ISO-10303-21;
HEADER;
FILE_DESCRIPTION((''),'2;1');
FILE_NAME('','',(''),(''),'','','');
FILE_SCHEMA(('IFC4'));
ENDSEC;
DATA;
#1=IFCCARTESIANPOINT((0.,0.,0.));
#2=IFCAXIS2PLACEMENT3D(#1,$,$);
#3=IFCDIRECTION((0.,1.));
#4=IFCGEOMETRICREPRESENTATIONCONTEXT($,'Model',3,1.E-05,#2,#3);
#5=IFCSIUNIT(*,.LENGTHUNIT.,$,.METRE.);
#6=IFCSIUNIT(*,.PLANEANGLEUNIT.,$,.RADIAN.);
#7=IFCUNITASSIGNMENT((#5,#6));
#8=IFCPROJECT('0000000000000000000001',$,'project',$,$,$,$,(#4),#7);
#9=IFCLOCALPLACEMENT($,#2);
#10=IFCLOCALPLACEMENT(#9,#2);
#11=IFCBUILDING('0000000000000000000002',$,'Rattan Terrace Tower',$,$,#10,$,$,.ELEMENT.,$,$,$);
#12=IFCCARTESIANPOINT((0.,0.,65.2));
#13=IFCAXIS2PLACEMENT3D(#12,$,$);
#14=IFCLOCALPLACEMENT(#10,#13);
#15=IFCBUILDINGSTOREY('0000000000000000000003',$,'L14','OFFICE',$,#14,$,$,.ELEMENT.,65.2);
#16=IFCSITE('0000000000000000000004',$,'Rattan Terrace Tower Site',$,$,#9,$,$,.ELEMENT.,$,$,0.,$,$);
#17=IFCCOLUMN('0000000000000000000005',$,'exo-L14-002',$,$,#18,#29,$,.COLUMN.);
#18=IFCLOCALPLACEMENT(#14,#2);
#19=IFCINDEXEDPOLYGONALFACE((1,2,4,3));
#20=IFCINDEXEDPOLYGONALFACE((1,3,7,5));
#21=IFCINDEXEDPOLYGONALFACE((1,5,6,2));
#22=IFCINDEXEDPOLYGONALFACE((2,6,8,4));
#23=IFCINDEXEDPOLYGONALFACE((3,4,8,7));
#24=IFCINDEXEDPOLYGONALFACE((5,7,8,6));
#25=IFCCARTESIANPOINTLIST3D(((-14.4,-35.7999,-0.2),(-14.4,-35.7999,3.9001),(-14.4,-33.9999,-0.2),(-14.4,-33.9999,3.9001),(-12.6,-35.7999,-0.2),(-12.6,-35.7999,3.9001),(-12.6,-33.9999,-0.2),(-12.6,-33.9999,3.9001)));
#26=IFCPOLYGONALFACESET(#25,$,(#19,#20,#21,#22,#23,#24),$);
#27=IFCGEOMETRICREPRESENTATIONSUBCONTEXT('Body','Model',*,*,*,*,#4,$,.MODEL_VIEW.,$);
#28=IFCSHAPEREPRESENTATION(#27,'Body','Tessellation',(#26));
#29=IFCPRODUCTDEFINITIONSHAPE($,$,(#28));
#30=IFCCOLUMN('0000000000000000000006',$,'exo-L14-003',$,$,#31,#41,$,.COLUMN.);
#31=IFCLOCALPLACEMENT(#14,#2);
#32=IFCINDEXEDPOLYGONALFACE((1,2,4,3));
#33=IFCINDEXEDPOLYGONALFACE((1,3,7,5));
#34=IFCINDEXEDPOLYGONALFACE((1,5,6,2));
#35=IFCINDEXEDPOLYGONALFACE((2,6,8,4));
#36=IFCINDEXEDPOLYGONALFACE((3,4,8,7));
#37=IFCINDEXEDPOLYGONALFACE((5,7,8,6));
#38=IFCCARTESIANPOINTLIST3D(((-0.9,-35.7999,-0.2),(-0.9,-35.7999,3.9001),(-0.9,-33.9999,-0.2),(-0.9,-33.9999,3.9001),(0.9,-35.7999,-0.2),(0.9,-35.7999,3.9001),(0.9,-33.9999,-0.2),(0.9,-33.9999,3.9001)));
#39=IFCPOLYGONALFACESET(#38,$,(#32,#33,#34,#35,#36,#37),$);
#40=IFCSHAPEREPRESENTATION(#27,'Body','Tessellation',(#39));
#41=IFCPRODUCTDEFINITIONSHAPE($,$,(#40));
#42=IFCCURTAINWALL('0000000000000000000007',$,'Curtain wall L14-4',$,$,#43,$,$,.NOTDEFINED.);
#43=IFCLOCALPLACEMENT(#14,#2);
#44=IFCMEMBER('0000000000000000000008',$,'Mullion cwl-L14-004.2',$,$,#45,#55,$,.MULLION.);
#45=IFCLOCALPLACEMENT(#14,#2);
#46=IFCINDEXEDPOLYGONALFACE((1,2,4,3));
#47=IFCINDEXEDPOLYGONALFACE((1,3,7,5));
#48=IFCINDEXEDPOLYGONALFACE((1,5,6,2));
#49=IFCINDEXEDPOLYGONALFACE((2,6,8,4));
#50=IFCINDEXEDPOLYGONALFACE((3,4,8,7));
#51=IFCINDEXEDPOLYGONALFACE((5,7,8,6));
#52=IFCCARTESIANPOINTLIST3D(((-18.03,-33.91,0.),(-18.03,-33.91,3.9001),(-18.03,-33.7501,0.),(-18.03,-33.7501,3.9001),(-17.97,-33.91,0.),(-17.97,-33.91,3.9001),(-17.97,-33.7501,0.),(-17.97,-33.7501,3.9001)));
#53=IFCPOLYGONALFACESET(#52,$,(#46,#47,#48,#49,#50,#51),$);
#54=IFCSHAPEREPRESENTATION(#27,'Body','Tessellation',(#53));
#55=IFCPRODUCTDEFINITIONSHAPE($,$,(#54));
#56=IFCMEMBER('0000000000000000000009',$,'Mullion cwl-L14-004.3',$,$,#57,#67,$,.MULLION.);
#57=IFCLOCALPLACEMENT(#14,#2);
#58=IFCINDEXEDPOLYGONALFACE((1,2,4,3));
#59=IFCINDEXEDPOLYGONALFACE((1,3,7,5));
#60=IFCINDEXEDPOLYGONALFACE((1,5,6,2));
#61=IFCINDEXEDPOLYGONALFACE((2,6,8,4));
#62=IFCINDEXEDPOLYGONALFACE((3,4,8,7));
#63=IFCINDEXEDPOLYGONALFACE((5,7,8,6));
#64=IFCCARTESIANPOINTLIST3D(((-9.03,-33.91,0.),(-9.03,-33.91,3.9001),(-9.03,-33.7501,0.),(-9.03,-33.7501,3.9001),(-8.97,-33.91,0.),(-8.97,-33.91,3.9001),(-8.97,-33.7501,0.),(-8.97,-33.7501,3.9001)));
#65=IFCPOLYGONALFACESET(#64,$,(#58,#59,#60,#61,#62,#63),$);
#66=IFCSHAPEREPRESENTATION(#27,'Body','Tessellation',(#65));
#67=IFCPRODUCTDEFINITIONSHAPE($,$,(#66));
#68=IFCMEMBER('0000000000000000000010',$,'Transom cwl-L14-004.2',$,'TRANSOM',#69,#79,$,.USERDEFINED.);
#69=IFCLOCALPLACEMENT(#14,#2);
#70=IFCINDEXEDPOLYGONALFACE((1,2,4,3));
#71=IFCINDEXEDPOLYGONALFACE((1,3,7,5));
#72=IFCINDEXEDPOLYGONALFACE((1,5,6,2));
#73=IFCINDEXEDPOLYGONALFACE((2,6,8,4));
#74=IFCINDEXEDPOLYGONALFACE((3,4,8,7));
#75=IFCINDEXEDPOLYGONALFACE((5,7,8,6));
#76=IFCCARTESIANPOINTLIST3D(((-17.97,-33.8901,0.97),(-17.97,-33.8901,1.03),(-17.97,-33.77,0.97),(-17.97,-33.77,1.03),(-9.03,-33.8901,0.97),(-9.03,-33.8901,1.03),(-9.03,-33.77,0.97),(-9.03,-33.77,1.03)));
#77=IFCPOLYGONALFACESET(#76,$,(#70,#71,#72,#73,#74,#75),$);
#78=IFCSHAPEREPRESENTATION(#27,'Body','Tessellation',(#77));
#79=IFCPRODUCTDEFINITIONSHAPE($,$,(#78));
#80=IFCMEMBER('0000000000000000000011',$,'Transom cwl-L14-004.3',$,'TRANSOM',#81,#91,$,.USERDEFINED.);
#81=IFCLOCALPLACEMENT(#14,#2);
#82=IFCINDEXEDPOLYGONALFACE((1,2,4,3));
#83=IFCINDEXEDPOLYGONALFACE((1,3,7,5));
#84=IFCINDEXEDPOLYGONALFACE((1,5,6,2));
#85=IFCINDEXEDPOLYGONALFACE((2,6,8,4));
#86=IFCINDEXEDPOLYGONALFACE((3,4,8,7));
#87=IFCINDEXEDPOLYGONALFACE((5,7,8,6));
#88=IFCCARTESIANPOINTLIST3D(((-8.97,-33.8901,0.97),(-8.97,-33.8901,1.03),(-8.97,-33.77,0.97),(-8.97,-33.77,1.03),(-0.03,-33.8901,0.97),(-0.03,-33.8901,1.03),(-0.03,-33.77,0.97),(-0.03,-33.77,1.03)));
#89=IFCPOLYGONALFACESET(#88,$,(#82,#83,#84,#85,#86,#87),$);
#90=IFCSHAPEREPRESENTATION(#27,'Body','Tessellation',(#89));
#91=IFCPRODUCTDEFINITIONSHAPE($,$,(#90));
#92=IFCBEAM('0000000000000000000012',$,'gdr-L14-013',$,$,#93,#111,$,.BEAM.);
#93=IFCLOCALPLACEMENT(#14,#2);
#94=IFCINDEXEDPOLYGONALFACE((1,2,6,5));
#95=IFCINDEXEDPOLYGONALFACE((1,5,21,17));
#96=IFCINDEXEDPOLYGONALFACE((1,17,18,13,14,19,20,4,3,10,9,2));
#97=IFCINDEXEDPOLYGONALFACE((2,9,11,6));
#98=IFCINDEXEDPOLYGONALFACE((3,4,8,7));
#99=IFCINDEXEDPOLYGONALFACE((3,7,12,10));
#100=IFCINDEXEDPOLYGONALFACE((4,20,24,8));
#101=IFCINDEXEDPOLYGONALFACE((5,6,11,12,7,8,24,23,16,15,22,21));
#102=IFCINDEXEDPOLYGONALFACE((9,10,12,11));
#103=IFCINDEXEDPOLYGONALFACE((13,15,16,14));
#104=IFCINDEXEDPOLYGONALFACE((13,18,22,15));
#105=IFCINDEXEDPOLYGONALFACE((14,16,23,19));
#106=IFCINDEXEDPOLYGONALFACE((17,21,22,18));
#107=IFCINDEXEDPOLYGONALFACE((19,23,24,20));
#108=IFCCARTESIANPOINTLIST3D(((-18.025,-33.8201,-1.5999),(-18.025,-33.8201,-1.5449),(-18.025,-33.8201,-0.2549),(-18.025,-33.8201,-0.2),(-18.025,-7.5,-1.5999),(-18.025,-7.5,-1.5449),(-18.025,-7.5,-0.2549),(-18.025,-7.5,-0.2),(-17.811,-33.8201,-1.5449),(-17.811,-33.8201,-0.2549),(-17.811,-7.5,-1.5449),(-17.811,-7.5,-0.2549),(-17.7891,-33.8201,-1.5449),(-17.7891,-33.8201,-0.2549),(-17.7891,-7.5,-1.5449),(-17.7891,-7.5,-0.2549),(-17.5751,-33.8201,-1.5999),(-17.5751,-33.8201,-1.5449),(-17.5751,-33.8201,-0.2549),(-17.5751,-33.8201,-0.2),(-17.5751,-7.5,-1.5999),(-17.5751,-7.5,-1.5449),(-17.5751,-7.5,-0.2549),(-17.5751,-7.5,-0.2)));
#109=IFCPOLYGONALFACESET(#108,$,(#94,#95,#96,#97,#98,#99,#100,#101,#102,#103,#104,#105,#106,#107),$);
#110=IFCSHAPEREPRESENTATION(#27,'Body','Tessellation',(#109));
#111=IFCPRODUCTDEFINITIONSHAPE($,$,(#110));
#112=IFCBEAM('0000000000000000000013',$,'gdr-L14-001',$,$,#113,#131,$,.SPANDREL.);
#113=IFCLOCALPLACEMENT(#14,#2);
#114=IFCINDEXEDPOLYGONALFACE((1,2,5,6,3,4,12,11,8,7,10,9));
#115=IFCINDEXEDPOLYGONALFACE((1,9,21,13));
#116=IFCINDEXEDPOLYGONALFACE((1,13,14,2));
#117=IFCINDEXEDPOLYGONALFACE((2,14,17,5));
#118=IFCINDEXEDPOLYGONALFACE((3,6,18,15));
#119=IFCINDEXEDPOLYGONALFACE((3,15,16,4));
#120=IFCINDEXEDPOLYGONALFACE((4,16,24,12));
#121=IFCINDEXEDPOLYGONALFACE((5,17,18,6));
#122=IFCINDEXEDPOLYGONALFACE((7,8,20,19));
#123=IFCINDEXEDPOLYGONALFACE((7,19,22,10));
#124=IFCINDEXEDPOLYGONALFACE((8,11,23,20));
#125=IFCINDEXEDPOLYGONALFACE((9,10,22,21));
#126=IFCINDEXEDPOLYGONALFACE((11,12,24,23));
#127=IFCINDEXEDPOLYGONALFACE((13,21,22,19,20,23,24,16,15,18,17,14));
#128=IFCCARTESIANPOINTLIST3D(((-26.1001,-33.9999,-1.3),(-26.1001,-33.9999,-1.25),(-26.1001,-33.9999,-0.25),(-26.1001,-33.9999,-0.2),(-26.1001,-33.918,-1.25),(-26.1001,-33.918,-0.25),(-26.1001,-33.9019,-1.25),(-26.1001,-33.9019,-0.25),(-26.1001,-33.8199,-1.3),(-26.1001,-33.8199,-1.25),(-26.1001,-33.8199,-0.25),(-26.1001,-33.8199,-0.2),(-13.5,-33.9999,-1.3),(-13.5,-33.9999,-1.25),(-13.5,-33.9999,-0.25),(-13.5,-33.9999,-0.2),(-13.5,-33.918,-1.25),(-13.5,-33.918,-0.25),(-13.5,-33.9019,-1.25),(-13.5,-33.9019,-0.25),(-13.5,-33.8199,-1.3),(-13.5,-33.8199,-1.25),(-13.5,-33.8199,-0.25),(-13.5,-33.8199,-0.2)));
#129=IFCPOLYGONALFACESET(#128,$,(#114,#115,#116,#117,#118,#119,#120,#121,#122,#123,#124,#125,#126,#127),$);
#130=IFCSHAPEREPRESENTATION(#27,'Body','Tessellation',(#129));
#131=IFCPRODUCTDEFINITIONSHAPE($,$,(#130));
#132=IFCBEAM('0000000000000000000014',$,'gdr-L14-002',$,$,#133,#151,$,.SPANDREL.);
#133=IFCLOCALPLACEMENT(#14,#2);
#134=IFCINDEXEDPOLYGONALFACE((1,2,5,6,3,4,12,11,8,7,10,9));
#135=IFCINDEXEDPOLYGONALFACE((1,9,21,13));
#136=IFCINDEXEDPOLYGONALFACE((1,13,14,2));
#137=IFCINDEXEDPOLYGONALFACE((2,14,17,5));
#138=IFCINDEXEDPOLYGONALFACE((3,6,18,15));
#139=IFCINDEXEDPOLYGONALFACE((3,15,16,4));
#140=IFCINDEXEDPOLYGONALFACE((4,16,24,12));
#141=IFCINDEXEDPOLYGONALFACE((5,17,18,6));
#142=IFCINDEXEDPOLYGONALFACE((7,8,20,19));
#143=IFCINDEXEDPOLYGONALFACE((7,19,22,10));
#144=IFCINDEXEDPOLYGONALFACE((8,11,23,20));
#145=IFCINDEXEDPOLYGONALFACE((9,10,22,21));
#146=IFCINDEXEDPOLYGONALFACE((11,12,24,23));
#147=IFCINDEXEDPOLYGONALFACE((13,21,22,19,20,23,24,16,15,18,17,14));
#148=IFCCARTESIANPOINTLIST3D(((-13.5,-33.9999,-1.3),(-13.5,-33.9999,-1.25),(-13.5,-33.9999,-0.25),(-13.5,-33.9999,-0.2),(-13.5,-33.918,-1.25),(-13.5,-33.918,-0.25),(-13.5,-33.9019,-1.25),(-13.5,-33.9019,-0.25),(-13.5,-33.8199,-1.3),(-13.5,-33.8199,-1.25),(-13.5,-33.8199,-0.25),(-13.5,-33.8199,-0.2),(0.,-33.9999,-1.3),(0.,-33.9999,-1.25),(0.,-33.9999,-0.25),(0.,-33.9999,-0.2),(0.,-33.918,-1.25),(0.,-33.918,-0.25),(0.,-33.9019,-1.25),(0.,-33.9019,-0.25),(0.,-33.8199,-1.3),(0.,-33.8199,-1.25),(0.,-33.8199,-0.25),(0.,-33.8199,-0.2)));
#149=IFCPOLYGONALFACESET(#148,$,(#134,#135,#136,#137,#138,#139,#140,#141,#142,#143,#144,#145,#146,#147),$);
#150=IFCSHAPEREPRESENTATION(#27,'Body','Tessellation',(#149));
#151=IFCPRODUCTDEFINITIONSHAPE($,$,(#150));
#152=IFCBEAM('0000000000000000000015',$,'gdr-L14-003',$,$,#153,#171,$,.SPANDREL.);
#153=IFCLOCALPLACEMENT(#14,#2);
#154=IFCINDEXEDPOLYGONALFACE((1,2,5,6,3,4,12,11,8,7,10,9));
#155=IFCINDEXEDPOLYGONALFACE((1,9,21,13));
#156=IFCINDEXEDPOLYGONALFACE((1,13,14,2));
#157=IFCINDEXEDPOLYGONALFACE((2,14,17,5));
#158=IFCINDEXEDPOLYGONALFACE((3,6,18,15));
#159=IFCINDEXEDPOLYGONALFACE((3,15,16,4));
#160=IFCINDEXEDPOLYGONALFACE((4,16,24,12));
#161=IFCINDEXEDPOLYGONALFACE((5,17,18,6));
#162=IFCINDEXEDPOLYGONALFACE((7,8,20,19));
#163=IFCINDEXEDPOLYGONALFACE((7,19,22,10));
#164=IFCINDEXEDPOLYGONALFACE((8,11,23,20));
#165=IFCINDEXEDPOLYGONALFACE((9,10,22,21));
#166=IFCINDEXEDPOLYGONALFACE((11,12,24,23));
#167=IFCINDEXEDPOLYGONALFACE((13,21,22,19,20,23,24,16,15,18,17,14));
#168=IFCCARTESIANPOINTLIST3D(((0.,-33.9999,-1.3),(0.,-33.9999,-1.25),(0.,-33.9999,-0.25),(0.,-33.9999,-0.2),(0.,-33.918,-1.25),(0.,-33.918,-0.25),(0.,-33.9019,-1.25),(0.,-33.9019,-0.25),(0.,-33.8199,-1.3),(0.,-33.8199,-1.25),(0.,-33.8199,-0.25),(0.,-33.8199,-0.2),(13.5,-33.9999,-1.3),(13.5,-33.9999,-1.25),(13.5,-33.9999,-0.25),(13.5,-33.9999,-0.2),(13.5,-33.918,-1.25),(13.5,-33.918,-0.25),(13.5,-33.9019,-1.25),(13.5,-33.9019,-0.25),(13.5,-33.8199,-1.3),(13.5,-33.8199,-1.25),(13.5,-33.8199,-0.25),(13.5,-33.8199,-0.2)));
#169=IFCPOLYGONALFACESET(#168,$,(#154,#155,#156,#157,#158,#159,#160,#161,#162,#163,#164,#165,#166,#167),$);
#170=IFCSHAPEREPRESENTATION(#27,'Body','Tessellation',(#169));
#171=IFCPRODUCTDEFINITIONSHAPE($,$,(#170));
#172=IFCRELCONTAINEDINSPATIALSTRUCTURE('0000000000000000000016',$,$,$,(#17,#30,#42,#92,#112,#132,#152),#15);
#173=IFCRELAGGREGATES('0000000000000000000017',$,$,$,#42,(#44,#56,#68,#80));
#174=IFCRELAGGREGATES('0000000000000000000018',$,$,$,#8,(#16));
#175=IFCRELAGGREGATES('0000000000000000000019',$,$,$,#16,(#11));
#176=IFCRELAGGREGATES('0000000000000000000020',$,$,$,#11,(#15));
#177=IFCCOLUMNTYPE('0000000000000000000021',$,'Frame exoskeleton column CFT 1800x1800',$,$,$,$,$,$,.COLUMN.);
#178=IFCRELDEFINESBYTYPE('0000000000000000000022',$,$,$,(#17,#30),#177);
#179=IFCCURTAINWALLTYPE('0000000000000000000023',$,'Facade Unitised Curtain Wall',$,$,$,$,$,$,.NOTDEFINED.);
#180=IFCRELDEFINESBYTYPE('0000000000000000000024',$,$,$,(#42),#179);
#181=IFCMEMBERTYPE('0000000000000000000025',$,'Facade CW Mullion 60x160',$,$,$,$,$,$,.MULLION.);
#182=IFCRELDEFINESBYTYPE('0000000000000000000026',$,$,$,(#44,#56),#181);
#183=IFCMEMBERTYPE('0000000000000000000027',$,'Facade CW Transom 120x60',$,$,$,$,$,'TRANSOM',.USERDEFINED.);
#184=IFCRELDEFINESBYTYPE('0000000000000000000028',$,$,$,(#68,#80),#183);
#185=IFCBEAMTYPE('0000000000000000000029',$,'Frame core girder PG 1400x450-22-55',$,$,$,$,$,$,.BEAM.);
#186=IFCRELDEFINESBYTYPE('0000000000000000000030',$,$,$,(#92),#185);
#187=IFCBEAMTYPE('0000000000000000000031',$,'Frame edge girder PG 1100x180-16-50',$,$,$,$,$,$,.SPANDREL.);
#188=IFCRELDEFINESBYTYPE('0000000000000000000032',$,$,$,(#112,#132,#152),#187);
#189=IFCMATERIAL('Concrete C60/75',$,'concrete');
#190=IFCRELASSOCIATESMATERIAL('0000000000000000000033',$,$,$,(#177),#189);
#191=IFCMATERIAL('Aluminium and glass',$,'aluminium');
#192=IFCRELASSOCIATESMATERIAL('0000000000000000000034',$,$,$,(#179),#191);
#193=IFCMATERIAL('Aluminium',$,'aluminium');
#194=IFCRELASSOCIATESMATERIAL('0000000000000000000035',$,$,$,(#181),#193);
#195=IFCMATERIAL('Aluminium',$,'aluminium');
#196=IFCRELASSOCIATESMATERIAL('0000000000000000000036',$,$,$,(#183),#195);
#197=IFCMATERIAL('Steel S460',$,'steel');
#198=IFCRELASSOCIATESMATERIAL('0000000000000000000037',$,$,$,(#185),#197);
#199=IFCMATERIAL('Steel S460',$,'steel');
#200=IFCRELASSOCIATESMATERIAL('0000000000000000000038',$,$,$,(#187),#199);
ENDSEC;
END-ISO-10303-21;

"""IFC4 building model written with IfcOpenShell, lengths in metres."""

from ifc_helpers import new_model, si_unit, direction, frame, origin, origin_2d, place, context, subcontext, project, spatial, rectangle, i_section, extrude, material, material_profile, profile_set, type_object, element, aggregate, save


model = new_model("IFC4")

# Units and contexts
model_context = context("Model", 3, precision=1e-05, world=origin(), true_north=direction((0.0, 1.0)))
body_context = subcontext(model_context, "Body", "Model", "MODEL_VIEW")
ifc_project = project(units=[si_unit("LENGTHUNIT", "METRE"), si_unit("PLANEANGLEUNIT", "RADIAN")], contexts=[model_context])

# Site, building, storey
site_placement = place(None, origin())
site = spatial("IfcSite", under=ifc_project, at=site_placement, Name="Rattan Terrace Tower Site", CompositionType="ELEMENT", RefElevation=0.0)
building_placement = place(site_placement, origin())
building = spatial("IfcBuilding", under=site, at=building_placement, Name="Rattan Terrace Tower", CompositionType="ELEMENT")
storey_placement = place(building_placement, frame((0.0, 0.0, 65.2)))
storey = spatial("IfcBuildingStorey", under=building, at=storey_placement, Name="L14", Description="OFFICE", CompositionType="ELEMENT", Elevation=65.2)

# Columns
ifc_material_1 = material(Name="Concrete C60/75", Category="concrete")
ifc_material_profile_1 = material_profile(ifc_material_1, rectangle(XDim=1.8, YDim=1.8, at=origin_2d()), Name="CFT 1800x1800")
ifc_profile_set_1 = profile_set([ifc_material_profile_1], Name="Concrete C60/75")
column_type = type_object("IfcColumnType", Name="Frame exoskeleton column CFT 1800x1800", PredefinedType="COLUMN", material=ifc_profile_set_1)
for number, where, z_axis, x_axis, name in (
    (1, (-13.5, -34.8999, -0.2), (0.0, 0.0, 1.0), (1.0, 0.0, 0.0), "exo-L14-002"),
    (2, (0.0, -34.8999, -0.2), (0.0, 0.0, 1.0), (1.0, 0.0, 0.0), "exo-L14-003"),
):
    element("IfcColumn", number, at=place(storey_placement, frame(where, z_axis=z_axis, x_axis=x_axis)), inside=storey, type_object=column_type, Name=name, PredefinedType="COLUMN", context=body_context, shape_type="SweptSolid", body=[
        extrude(rectangle(XDim=1.8, YDim=1.8, at=origin_2d()), origin(), (0.0, 0.0, 1.0), 4.1001),
    ])

# Curtain wall, members
ifc_material_2 = material(Name="Aluminium and glass", Category="aluminium")
curtain_wall_type = type_object("IfcCurtainWallType", Name="Facade Unitised Curtain Wall", PredefinedType="NOTDEFINED", material=ifc_material_2)
curtain_wall_placement = place(storey_placement, origin())
curtain_wall = element("IfcCurtainWall", 3, at=curtain_wall_placement, inside=storey, type_object=curtain_wall_type, Name="Curtain wall L14-4", PredefinedType="NOTDEFINED")
ifc_material_3 = material(Name="Aluminium", Category="aluminium")
ifc_material_profile_2 = material_profile(ifc_material_3, rectangle(XDim=0.0601, YDim=0.1599, at=origin_2d()), Name="Aluminium 60x160")
ifc_profile_set_2 = profile_set([ifc_material_profile_2], Name="Aluminium")
member_type_1 = type_object("IfcMemberType", Name="Facade CW Mullion 60x160", PredefinedType="MULLION", material=ifc_profile_set_2)
member_1_placement = place(storey_placement, frame((-18.0, -33.8301, 0.0), z_axis=(0.0, 0.0, 1.0), x_axis=(1.0, 0.0, 0.0)))
member_1 = element("IfcMember", 4, at=member_1_placement, type_object=member_type_1, Name="Mullion cwl-L14-004.2", PredefinedType="MULLION", context=body_context, shape_type="SweptSolid", body=[
    extrude(rectangle(XDim=0.0601, YDim=0.1599, at=origin_2d()), origin(), (0.0, 0.0, 1.0), 3.9001),
])
member_2_placement = place(storey_placement, frame((-9.0, -33.8301, 0.0), z_axis=(0.0, 0.0, 1.0), x_axis=(1.0, 0.0, 0.0)))
member_2 = element("IfcMember", 5, at=member_2_placement, type_object=member_type_1, Name="Mullion cwl-L14-004.3", PredefinedType="MULLION", context=body_context, shape_type="SweptSolid", body=[
    extrude(rectangle(XDim=0.0601, YDim=0.1599, at=origin_2d()), origin(), (0.0, 0.0, 1.0), 3.9001),
])
ifc_material_4 = material(Name="Aluminium", Category="aluminium")
ifc_material_profile_3 = material_profile(ifc_material_4, rectangle(XDim=0.1201, YDim=0.0601, at=origin_2d()), Name="Aluminium 120x60")
ifc_profile_set_3 = profile_set([ifc_material_profile_3], Name="Aluminium")
member_type_2 = type_object("IfcMemberType", Name="Facade CW Transom 120x60", ElementType="TRANSOM", PredefinedType="USERDEFINED", material=ifc_profile_set_3)
member_3_placement = place(storey_placement, frame((-17.97, -33.8301, 1.0), z_axis=(1.0, 0.0, 0.0), x_axis=(0.0, 1.0, 0.0)))
member_3 = element("IfcMember", 6, at=member_3_placement, type_object=member_type_2, Name="Transom cwl-L14-004.2", ObjectType="TRANSOM", PredefinedType="USERDEFINED", context=body_context, shape_type="SweptSolid", body=[
    extrude(rectangle(XDim=0.1201, YDim=0.0601, at=origin_2d()), origin(), (0.0, 0.0, 1.0), 8.9399),
])
member_4_placement = place(storey_placement, frame((-8.97, -33.8301, 1.0), z_axis=(1.0, 0.0, 0.0), x_axis=(0.0, 1.0, 0.0)))
member_4 = element("IfcMember", 7, at=member_4_placement, type_object=member_type_2, Name="Transom cwl-L14-004.3", ObjectType="TRANSOM", PredefinedType="USERDEFINED", context=body_context, shape_type="SweptSolid", body=[
    extrude(rectangle(XDim=0.1201, YDim=0.0601, at=origin_2d()), origin(), (0.0, 0.0, 1.0), 8.9399),
])

# Beams
ifc_material_5 = material(Name="Steel S460", Category="steel")
ifc_material_profile_4 = material_profile(ifc_material_5, i_section(OverallWidth=0.45, OverallDepth=1.3999, WebThickness=0.022, FlangeThickness=0.0549, at=origin_2d()), Name="PG 1400x450-22-55")
ifc_profile_set_4 = profile_set([ifc_material_profile_4], Name="Steel S460")
beam_type_1 = type_object("IfcBeamType", Name="Frame core girder PG 1400x450-22-55", PredefinedType="BEAM", material=ifc_profile_set_4)
beam_1_placement = place(storey_placement, frame((-17.8, -33.8201, -0.8999), z_axis=(0.0, 1.0, 0.0), x_axis=(-1.0, 0.0, 0.0)))
element("IfcBeam", 8, at=beam_1_placement, inside=storey, type_object=beam_type_1, Name="gdr-L14-013", PredefinedType="BEAM", context=body_context, shape_type="SweptSolid", body=[
    extrude(i_section(OverallWidth=0.45, OverallDepth=1.3999, WebThickness=0.022, FlangeThickness=0.0549, at=origin_2d()), origin(), (0.0, 0.0, 1.0), 26.3201),
])
ifc_material_6 = material(Name="Steel S460", Category="steel")
ifc_material_profile_5 = material_profile(ifc_material_6, i_section(OverallWidth=0.1799, OverallDepth=1.1001, WebThickness=0.0161, FlangeThickness=0.05, at=origin_2d()), Name="PG 1100x180-16-50")
ifc_profile_set_5 = profile_set([ifc_material_profile_5], Name="Steel S460")
beam_type_2 = type_object("IfcBeamType", Name="Frame edge girder PG 1100x180-16-50", PredefinedType="SPANDREL", material=ifc_profile_set_5)
beam_2_placement = place(storey_placement, frame((-26.1001, -33.9099, -0.75), z_axis=(1.0, 0.0, 0.0), x_axis=(0.0, 1.0, 0.0)))
element("IfcBeam", 9, at=beam_2_placement, inside=storey, type_object=beam_type_2, Name="gdr-L14-001", PredefinedType="SPANDREL", context=body_context, shape_type="SweptSolid", body=[
    extrude(i_section(OverallWidth=0.1799, OverallDepth=1.1001, WebThickness=0.0161, FlangeThickness=0.05, at=origin_2d()), origin(), (0.0, 0.0, 1.0), 12.6001),
])
for number, where, z_axis, x_axis, name in (
    (10, (-13.5, -33.9099, -0.75), (1.0, 0.0, 0.0), (0.0, 1.0, 0.0), "gdr-L14-002"),
    (11, (0.0, -33.9099, -0.75), (1.0, 0.0, 0.0), (0.0, 1.0, 0.0), "gdr-L14-003"),
):
    element("IfcBeam", number, at=place(storey_placement, frame(where, z_axis=z_axis, x_axis=x_axis)), inside=storey, type_object=beam_type_2, Name=name, PredefinedType="SPANDREL", context=body_context, shape_type="SweptSolid", body=[
        extrude(i_section(OverallWidth=0.1799, OverallDepth=1.1001, WebThickness=0.0161, FlangeThickness=0.05, at=origin_2d()), origin(), (0.0, 0.0, 1.0), 13.5),
    ])

aggregate(curtain_wall, [member_1, member_2, member_3, member_4])

save(model, "model.ifc")
